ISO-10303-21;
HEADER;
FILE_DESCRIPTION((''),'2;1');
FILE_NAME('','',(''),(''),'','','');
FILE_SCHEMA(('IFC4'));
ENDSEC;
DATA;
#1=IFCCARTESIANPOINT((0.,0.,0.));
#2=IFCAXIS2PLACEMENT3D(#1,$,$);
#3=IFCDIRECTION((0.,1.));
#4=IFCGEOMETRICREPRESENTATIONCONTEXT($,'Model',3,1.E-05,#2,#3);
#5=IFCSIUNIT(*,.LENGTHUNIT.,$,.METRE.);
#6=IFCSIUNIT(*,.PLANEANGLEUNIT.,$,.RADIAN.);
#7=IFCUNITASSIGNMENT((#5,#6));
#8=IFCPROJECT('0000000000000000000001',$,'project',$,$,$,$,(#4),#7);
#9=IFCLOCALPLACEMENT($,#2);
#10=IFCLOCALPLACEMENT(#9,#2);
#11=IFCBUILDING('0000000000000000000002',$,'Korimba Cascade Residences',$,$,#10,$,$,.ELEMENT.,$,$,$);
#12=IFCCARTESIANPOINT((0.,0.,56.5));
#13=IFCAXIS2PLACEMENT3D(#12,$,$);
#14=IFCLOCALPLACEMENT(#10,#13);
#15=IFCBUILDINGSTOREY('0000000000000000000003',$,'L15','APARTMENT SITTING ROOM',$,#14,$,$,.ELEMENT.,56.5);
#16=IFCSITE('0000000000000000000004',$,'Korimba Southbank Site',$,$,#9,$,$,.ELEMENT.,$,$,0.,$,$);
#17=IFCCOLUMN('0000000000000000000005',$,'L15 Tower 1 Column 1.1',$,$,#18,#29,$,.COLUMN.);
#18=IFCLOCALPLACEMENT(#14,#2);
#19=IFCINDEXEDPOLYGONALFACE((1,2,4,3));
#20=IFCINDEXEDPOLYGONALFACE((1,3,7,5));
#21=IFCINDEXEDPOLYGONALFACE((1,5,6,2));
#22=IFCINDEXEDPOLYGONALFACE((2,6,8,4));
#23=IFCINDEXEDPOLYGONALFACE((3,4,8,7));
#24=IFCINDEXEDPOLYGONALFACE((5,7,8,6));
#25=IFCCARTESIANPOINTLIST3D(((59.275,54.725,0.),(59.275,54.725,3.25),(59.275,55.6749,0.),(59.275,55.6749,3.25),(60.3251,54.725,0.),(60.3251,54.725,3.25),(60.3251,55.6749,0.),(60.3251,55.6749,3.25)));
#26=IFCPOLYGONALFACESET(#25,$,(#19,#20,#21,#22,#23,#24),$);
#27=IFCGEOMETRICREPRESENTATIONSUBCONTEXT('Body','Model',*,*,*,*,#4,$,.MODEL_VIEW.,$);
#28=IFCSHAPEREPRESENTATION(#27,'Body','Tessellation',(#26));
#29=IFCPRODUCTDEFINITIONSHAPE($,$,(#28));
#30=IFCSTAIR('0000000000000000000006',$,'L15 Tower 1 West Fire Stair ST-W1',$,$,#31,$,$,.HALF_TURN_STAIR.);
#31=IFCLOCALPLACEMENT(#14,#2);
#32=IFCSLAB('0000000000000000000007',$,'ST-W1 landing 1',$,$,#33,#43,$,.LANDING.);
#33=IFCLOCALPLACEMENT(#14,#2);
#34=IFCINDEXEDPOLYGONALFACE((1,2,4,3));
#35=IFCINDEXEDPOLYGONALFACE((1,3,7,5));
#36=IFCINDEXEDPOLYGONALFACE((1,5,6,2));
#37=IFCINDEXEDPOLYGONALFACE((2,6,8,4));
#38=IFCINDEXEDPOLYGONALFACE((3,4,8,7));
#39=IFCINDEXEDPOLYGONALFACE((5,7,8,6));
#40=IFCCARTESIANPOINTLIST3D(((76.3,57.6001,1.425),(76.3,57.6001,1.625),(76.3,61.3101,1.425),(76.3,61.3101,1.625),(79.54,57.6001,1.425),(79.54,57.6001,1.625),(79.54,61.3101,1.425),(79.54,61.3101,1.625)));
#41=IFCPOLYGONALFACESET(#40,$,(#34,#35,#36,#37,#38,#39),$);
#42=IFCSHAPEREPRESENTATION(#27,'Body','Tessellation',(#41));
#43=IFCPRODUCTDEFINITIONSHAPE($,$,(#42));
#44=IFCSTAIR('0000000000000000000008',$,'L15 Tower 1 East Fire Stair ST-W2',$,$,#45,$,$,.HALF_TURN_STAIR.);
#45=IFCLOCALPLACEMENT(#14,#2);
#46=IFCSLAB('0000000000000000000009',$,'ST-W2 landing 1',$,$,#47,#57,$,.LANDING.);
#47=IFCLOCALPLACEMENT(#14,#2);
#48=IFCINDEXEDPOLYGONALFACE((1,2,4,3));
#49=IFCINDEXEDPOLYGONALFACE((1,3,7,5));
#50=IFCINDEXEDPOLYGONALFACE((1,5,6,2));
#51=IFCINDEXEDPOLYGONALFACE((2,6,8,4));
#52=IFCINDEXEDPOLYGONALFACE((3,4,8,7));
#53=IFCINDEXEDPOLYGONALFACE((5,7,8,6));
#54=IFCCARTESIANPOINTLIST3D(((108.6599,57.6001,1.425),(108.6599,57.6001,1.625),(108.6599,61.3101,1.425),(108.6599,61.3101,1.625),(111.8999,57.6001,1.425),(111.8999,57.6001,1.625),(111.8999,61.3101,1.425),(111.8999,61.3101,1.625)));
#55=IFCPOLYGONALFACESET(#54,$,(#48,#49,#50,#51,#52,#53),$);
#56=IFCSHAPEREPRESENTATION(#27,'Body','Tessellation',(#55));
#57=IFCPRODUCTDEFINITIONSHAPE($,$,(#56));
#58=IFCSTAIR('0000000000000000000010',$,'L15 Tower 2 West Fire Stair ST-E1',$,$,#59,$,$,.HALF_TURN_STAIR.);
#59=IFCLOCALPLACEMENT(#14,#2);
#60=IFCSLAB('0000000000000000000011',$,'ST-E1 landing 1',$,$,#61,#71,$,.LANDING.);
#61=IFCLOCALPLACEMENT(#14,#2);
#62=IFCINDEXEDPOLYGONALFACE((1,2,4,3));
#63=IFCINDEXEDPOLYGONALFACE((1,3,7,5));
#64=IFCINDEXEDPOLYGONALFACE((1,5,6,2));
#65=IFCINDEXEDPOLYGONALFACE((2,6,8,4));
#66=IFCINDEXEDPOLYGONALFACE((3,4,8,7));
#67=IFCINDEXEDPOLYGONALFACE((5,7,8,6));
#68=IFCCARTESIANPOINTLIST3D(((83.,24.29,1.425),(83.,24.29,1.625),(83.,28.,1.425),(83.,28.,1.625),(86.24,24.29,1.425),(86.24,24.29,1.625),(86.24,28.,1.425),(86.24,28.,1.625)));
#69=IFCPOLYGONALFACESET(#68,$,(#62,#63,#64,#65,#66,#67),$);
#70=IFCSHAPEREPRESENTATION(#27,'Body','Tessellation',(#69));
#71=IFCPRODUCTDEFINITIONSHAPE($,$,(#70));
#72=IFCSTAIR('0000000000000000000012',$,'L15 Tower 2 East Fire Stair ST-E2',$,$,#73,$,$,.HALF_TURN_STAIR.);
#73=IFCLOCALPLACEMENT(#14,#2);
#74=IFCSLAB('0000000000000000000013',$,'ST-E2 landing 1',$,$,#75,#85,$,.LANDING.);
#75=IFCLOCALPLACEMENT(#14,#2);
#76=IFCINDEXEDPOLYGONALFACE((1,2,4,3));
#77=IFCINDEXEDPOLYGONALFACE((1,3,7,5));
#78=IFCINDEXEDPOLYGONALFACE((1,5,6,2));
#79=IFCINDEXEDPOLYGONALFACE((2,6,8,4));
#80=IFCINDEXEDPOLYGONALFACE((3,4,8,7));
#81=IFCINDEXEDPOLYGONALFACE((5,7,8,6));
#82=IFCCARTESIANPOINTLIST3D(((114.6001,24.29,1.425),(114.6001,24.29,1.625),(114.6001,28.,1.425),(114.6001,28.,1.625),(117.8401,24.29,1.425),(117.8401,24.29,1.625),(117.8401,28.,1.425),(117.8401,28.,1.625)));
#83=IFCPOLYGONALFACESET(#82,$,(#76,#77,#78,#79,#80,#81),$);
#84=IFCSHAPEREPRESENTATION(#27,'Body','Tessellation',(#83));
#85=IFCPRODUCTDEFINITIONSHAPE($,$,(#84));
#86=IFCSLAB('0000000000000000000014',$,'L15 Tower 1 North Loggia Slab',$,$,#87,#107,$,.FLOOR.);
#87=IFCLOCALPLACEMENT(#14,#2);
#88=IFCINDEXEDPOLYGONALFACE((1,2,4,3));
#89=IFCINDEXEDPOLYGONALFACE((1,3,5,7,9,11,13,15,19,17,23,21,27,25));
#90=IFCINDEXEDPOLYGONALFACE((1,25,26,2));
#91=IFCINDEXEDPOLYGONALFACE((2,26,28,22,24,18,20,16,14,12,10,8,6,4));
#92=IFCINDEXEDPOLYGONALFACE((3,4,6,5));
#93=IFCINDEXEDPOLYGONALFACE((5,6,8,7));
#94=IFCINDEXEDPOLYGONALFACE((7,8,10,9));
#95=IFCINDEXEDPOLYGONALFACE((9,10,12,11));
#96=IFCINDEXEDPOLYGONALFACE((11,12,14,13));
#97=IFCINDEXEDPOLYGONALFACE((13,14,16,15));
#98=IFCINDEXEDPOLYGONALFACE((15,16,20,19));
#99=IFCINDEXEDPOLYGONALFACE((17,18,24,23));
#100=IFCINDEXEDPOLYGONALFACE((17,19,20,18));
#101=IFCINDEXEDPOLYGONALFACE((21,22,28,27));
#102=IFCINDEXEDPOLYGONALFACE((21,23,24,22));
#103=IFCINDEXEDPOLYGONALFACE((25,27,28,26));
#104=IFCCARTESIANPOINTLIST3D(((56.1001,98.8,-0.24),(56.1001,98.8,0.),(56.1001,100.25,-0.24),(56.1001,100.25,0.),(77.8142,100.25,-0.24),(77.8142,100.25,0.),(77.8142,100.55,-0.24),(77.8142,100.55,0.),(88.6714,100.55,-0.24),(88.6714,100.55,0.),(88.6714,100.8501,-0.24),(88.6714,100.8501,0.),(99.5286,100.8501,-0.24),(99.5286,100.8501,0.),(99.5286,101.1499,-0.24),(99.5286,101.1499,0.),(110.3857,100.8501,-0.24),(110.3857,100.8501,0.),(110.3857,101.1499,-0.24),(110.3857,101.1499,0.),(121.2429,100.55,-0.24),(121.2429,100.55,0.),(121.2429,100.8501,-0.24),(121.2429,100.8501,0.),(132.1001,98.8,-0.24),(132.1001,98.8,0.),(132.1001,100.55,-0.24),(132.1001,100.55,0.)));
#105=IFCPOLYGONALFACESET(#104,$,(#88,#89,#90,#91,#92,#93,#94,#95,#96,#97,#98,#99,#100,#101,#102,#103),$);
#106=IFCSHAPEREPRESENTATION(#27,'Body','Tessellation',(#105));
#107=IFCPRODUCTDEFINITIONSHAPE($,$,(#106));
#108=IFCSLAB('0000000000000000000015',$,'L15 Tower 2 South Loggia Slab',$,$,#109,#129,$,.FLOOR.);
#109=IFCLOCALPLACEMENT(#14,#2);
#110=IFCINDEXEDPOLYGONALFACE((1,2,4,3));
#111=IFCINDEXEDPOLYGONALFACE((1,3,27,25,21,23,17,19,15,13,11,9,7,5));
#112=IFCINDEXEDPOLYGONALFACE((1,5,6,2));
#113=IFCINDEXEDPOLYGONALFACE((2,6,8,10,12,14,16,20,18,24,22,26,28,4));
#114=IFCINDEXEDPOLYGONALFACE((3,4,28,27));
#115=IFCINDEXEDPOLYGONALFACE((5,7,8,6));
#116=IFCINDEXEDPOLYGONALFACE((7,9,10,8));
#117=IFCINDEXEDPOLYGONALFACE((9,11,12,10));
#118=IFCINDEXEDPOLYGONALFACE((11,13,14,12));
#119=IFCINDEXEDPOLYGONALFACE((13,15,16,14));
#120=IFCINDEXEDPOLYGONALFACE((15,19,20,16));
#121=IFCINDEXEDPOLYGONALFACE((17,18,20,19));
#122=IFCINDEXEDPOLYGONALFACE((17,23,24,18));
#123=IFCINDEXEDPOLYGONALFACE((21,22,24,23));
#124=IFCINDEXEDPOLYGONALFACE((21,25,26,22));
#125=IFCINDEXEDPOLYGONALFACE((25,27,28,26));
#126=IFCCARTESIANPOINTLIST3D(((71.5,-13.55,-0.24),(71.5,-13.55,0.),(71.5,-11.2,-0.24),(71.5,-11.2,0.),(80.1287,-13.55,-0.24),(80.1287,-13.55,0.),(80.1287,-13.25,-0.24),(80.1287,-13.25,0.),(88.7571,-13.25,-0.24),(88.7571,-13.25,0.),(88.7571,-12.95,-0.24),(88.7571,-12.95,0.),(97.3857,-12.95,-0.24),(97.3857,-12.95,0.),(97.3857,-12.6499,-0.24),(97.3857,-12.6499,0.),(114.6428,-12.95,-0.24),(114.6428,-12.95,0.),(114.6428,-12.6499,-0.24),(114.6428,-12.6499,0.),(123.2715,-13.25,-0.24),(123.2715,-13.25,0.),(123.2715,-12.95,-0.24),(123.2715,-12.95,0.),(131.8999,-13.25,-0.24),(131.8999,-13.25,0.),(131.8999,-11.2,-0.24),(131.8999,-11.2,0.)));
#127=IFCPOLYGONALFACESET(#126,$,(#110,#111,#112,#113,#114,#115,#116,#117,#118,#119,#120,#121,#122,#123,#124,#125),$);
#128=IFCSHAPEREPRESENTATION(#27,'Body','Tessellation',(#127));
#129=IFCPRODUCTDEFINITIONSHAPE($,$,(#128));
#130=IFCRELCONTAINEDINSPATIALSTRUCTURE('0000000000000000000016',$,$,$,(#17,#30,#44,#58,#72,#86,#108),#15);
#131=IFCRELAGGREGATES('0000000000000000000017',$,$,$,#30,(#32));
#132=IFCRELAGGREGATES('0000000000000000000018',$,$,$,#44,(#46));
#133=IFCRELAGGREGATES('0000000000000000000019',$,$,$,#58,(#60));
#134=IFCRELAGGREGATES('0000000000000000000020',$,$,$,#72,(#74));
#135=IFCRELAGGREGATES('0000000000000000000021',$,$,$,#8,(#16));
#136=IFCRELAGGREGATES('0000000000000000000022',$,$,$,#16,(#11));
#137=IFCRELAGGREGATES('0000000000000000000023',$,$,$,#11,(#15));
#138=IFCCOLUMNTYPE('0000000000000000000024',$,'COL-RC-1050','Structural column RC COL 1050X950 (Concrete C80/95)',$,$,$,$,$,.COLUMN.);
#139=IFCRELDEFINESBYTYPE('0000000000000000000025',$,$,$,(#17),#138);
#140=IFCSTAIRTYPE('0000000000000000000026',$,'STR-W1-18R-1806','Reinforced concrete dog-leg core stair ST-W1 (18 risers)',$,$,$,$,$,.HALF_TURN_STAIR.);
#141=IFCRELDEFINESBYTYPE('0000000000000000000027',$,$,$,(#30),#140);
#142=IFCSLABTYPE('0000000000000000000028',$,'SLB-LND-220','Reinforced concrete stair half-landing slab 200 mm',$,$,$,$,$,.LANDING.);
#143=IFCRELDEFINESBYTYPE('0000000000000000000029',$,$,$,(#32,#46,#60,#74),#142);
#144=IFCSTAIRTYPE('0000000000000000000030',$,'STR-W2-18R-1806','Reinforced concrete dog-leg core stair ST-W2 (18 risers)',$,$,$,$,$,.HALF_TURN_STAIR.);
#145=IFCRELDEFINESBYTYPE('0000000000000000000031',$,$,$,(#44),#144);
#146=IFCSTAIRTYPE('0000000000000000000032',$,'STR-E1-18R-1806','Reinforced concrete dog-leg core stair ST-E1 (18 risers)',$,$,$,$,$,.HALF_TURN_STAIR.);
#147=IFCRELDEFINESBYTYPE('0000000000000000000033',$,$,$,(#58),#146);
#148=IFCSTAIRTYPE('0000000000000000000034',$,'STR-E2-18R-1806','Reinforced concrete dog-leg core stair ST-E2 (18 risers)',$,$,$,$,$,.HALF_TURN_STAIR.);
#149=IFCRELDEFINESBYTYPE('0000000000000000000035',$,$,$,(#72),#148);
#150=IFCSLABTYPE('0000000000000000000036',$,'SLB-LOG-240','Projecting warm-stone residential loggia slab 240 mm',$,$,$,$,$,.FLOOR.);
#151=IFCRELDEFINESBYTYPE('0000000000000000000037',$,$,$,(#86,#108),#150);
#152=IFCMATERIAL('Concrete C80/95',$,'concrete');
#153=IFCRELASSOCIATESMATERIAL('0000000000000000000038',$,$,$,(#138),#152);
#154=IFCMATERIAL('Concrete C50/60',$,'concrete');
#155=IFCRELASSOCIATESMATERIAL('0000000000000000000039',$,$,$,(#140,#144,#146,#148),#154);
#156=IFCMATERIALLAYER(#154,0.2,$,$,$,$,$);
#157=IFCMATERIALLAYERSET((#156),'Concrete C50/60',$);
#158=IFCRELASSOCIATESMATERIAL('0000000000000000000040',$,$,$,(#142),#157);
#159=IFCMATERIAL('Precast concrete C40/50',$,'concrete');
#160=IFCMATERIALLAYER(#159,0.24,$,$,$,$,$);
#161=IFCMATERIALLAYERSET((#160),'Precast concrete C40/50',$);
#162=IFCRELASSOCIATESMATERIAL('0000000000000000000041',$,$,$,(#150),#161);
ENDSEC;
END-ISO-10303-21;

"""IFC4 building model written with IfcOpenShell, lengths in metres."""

from ifc_helpers import new_model, si_unit, direction, frame, origin, origin_2d, place, context, subcontext, project, spatial, polyline, rectangle, outline, extrude, material, layer, layer_set, material_profile, profile_set, type_object, element, aggregate, save


model = new_model("IFC4")

# Units and contexts
model_context = context("Model", 3, precision=1e-05, world=origin(), true_north=direction((0.0, 1.0)))
body_context = subcontext(model_context, "Body", "Model", "MODEL_VIEW")
ifc_project = project(units=[si_unit("LENGTHUNIT", "METRE"), si_unit("PLANEANGLEUNIT", "RADIAN")], contexts=[model_context])

# Site, building, storey
site_placement = place(None, origin())
site = spatial("IfcSite", under=ifc_project, at=site_placement, Name="Korimba Southbank Site", CompositionType="ELEMENT", RefElevation=0.0)
building_placement = place(site_placement, origin())
building = spatial("IfcBuilding", under=site, at=building_placement, Name="Korimba Cascade Residences", CompositionType="ELEMENT")
storey_placement = place(building_placement, frame((0.0, 0.0, 56.5)))
storey = spatial("IfcBuildingStorey", under=building, at=storey_placement, Name="L15", Description="APARTMENT SITTING ROOM", CompositionType="ELEMENT", Elevation=56.5)

# Column
ifc_material_1 = material(Name="Concrete C80/95", Category="concrete")
ifc_material_profile = material_profile(ifc_material_1, rectangle(XDim=1.05, YDim=0.95, at=origin_2d()), Name="Concrete C80/95")
ifc_profile_set = profile_set([ifc_material_profile], Name="Concrete C80/95")
column_type = type_object("IfcColumnType", Name="COL-RC-1050", Description="Structural column RC COL 1050X950 (Concrete C80/95)", PredefinedType="COLUMN", material=ifc_profile_set)
column_placement = place(storey_placement, frame((59.8, 55.2, 0.0), z_axis=(0.0, 0.0, 1.0), x_axis=(1.0, 0.0, 0.0)))
element("IfcColumn", 1, at=column_placement, inside=storey, type_object=column_type, Name="L15 Tower 1 Column 1.1", PredefinedType="COLUMN", context=body_context, shape_type="SweptSolid", body=[
    extrude(rectangle(XDim=1.05, YDim=0.95, at=origin_2d()), origin(), (0.0, 0.0, 1.0), 3.25),
])

# Stairs, slabs
ifc_material_2 = material(Name="Concrete C50/60", Category="concrete")
stair_type_1 = type_object("IfcStairType", Name="STR-W1-18R-1806", Description="Reinforced concrete dog-leg core stair ST-W1 (18 risers)", PredefinedType="HALF_TURN_STAIR", material=ifc_material_2)
stair_1_placement = place(storey_placement, origin())
stair_1 = element("IfcStair", 2, at=stair_1_placement, inside=storey, type_object=stair_type_1, Name="L15 Tower 1 West Fire Stair ST-W1", PredefinedType="HALF_TURN_STAIR")
ifc_layer_1 = layer(ifc_material_2, 0.2)
ifc_layer_set_1 = layer_set([ifc_layer_1], Name="Concrete C50/60")
slab_type_1 = type_object("IfcSlabType", Name="SLB-LND-220", Description="Reinforced concrete stair half-landing slab 200 mm", PredefinedType="LANDING", material=ifc_layer_set_1)
slab_1_placement = place(storey_placement, frame((0.0, 0.0, 1.425)))
slab_1 = element("IfcSlab", 3, at=slab_1_placement, type_object=slab_type_1, Name="ST-W1 landing 1", PredefinedType="LANDING", context=body_context, shape_type="SweptSolid", body=[
    extrude(outline(polyline([(76.3, 61.3101), (76.3, 57.6001), (79.54, 57.6001), (79.54, 61.3101), (76.3, 61.3101)])), origin(), (0.0, 0.0, 1.0), 0.2),
])
aggregate(stair_1, [slab_1])
stair_type_2 = type_object("IfcStairType", Name="STR-W2-18R-1806", Description="Reinforced concrete dog-leg core stair ST-W2 (18 risers)", PredefinedType="HALF_TURN_STAIR", material=ifc_material_2)
stair_2_placement = place(storey_placement, origin())
stair_2 = element("IfcStair", 4, at=stair_2_placement, inside=storey, type_object=stair_type_2, Name="L15 Tower 1 East Fire Stair ST-W2", PredefinedType="HALF_TURN_STAIR")
slab_2_placement = place(storey_placement, frame((0.0, 0.0, 1.425)))
slab_2 = element("IfcSlab", 5, at=slab_2_placement, type_object=slab_type_1, Name="ST-W2 landing 1", PredefinedType="LANDING", context=body_context, shape_type="SweptSolid", body=[
    extrude(outline(polyline([(108.6599, 61.3101), (108.6599, 57.6001), (111.8999, 57.6001), (111.8999, 61.3101), (108.6599, 61.3101)])), origin(), (0.0, 0.0, 1.0), 0.2),
])
aggregate(stair_2, [slab_2])
stair_type_3 = type_object("IfcStairType", Name="STR-E1-18R-1806", Description="Reinforced concrete dog-leg core stair ST-E1 (18 risers)", PredefinedType="HALF_TURN_STAIR", material=ifc_material_2)
stair_3_placement = place(storey_placement, origin())
stair_3 = element("IfcStair", 6, at=stair_3_placement, inside=storey, type_object=stair_type_3, Name="L15 Tower 2 West Fire Stair ST-E1", PredefinedType="HALF_TURN_STAIR")
slab_3_placement = place(storey_placement, frame((0.0, 0.0, 1.425)))
slab_3 = element("IfcSlab", 7, at=slab_3_placement, type_object=slab_type_1, Name="ST-E1 landing 1", PredefinedType="LANDING", context=body_context, shape_type="SweptSolid", body=[
    extrude(outline(polyline([(86.24, 24.29), (86.24, 28.0), (83.0, 28.0), (83.0, 24.29), (86.24, 24.29)])), origin(), (0.0, 0.0, 1.0), 0.2),
])
aggregate(stair_3, [slab_3])
stair_type_4 = type_object("IfcStairType", Name="STR-E2-18R-1806", Description="Reinforced concrete dog-leg core stair ST-E2 (18 risers)", PredefinedType="HALF_TURN_STAIR", material=ifc_material_2)
stair_4_placement = place(storey_placement, origin())
stair_4 = element("IfcStair", 8, at=stair_4_placement, inside=storey, type_object=stair_type_4, Name="L15 Tower 2 East Fire Stair ST-E2", PredefinedType="HALF_TURN_STAIR")
slab_4_placement = place(storey_placement, frame((0.0, 0.0, 1.425)))
slab_4 = element("IfcSlab", 9, at=slab_4_placement, type_object=slab_type_1, Name="ST-E2 landing 1", PredefinedType="LANDING", context=body_context, shape_type="SweptSolid", body=[
    extrude(outline(polyline([(117.8401, 24.29), (117.8401, 28.0), (114.6001, 28.0), (114.6001, 24.29), (117.8401, 24.29)])), origin(), (0.0, 0.0, 1.0), 0.2),
])
aggregate(stair_4, [slab_4])

# Slabs
ifc_material_3 = material(Name="Precast concrete C40/50", Category="concrete")
ifc_layer_2 = layer(ifc_material_3, 0.24)
ifc_layer_set_2 = layer_set([ifc_layer_2], Name="Precast concrete C40/50")
slab_type_2 = type_object("IfcSlabType", Name="SLB-LOG-240", Description="Projecting warm-stone residential loggia slab 240 mm", PredefinedType="FLOOR", material=ifc_layer_set_2)
slab_5_placement = place(storey_placement, frame((0.0, 0.0, -0.24)))
element("IfcSlab", 10, at=slab_5_placement, inside=storey, type_object=slab_type_2, Name="L15 Tower 1 North Loggia Slab", PredefinedType="FLOOR", context=body_context, shape_type="SweptSolid", body=[
    extrude(outline(polyline([(56.1001, 98.8), (132.1001, 98.8), (132.1001, 100.55), (121.2429, 100.55), (121.2429, 100.8501), (110.3857, 100.8501), (110.3857, 101.1499), (99.5286, 101.1499), (99.5286, 100.8501), (88.6714, 100.8501), (88.6714, 100.55), (77.8142, 100.55), (77.8142, 100.25), (56.1001, 100.25), (56.1001, 98.8)])), origin(), (0.0, 0.0, 1.0), 0.24),
])
slab_6_placement = place(storey_placement, frame((0.0, 0.0, -0.24)))
element("IfcSlab", 11, at=slab_6_placement, inside=storey, type_object=slab_type_2, Name="L15 Tower 2 South Loggia Slab", PredefinedType="FLOOR", context=body_context, shape_type="SweptSolid", body=[
    extrude(outline(polyline([(71.5, -13.55), (80.1287, -13.55), (80.1287, -13.25), (88.7571, -13.25), (88.7571, -12.95), (97.3857, -12.95), (97.3857, -12.6499), (114.6428, -12.6499), (114.6428, -12.95), (123.2715, -12.95), (123.2715, -13.25), (131.8999, -13.25), (131.8999, -11.2), (71.5, -11.2), (71.5, -13.55)])), origin(), (0.0, 0.0, 1.0), 0.24),
])

save(model, "model.ifc")
